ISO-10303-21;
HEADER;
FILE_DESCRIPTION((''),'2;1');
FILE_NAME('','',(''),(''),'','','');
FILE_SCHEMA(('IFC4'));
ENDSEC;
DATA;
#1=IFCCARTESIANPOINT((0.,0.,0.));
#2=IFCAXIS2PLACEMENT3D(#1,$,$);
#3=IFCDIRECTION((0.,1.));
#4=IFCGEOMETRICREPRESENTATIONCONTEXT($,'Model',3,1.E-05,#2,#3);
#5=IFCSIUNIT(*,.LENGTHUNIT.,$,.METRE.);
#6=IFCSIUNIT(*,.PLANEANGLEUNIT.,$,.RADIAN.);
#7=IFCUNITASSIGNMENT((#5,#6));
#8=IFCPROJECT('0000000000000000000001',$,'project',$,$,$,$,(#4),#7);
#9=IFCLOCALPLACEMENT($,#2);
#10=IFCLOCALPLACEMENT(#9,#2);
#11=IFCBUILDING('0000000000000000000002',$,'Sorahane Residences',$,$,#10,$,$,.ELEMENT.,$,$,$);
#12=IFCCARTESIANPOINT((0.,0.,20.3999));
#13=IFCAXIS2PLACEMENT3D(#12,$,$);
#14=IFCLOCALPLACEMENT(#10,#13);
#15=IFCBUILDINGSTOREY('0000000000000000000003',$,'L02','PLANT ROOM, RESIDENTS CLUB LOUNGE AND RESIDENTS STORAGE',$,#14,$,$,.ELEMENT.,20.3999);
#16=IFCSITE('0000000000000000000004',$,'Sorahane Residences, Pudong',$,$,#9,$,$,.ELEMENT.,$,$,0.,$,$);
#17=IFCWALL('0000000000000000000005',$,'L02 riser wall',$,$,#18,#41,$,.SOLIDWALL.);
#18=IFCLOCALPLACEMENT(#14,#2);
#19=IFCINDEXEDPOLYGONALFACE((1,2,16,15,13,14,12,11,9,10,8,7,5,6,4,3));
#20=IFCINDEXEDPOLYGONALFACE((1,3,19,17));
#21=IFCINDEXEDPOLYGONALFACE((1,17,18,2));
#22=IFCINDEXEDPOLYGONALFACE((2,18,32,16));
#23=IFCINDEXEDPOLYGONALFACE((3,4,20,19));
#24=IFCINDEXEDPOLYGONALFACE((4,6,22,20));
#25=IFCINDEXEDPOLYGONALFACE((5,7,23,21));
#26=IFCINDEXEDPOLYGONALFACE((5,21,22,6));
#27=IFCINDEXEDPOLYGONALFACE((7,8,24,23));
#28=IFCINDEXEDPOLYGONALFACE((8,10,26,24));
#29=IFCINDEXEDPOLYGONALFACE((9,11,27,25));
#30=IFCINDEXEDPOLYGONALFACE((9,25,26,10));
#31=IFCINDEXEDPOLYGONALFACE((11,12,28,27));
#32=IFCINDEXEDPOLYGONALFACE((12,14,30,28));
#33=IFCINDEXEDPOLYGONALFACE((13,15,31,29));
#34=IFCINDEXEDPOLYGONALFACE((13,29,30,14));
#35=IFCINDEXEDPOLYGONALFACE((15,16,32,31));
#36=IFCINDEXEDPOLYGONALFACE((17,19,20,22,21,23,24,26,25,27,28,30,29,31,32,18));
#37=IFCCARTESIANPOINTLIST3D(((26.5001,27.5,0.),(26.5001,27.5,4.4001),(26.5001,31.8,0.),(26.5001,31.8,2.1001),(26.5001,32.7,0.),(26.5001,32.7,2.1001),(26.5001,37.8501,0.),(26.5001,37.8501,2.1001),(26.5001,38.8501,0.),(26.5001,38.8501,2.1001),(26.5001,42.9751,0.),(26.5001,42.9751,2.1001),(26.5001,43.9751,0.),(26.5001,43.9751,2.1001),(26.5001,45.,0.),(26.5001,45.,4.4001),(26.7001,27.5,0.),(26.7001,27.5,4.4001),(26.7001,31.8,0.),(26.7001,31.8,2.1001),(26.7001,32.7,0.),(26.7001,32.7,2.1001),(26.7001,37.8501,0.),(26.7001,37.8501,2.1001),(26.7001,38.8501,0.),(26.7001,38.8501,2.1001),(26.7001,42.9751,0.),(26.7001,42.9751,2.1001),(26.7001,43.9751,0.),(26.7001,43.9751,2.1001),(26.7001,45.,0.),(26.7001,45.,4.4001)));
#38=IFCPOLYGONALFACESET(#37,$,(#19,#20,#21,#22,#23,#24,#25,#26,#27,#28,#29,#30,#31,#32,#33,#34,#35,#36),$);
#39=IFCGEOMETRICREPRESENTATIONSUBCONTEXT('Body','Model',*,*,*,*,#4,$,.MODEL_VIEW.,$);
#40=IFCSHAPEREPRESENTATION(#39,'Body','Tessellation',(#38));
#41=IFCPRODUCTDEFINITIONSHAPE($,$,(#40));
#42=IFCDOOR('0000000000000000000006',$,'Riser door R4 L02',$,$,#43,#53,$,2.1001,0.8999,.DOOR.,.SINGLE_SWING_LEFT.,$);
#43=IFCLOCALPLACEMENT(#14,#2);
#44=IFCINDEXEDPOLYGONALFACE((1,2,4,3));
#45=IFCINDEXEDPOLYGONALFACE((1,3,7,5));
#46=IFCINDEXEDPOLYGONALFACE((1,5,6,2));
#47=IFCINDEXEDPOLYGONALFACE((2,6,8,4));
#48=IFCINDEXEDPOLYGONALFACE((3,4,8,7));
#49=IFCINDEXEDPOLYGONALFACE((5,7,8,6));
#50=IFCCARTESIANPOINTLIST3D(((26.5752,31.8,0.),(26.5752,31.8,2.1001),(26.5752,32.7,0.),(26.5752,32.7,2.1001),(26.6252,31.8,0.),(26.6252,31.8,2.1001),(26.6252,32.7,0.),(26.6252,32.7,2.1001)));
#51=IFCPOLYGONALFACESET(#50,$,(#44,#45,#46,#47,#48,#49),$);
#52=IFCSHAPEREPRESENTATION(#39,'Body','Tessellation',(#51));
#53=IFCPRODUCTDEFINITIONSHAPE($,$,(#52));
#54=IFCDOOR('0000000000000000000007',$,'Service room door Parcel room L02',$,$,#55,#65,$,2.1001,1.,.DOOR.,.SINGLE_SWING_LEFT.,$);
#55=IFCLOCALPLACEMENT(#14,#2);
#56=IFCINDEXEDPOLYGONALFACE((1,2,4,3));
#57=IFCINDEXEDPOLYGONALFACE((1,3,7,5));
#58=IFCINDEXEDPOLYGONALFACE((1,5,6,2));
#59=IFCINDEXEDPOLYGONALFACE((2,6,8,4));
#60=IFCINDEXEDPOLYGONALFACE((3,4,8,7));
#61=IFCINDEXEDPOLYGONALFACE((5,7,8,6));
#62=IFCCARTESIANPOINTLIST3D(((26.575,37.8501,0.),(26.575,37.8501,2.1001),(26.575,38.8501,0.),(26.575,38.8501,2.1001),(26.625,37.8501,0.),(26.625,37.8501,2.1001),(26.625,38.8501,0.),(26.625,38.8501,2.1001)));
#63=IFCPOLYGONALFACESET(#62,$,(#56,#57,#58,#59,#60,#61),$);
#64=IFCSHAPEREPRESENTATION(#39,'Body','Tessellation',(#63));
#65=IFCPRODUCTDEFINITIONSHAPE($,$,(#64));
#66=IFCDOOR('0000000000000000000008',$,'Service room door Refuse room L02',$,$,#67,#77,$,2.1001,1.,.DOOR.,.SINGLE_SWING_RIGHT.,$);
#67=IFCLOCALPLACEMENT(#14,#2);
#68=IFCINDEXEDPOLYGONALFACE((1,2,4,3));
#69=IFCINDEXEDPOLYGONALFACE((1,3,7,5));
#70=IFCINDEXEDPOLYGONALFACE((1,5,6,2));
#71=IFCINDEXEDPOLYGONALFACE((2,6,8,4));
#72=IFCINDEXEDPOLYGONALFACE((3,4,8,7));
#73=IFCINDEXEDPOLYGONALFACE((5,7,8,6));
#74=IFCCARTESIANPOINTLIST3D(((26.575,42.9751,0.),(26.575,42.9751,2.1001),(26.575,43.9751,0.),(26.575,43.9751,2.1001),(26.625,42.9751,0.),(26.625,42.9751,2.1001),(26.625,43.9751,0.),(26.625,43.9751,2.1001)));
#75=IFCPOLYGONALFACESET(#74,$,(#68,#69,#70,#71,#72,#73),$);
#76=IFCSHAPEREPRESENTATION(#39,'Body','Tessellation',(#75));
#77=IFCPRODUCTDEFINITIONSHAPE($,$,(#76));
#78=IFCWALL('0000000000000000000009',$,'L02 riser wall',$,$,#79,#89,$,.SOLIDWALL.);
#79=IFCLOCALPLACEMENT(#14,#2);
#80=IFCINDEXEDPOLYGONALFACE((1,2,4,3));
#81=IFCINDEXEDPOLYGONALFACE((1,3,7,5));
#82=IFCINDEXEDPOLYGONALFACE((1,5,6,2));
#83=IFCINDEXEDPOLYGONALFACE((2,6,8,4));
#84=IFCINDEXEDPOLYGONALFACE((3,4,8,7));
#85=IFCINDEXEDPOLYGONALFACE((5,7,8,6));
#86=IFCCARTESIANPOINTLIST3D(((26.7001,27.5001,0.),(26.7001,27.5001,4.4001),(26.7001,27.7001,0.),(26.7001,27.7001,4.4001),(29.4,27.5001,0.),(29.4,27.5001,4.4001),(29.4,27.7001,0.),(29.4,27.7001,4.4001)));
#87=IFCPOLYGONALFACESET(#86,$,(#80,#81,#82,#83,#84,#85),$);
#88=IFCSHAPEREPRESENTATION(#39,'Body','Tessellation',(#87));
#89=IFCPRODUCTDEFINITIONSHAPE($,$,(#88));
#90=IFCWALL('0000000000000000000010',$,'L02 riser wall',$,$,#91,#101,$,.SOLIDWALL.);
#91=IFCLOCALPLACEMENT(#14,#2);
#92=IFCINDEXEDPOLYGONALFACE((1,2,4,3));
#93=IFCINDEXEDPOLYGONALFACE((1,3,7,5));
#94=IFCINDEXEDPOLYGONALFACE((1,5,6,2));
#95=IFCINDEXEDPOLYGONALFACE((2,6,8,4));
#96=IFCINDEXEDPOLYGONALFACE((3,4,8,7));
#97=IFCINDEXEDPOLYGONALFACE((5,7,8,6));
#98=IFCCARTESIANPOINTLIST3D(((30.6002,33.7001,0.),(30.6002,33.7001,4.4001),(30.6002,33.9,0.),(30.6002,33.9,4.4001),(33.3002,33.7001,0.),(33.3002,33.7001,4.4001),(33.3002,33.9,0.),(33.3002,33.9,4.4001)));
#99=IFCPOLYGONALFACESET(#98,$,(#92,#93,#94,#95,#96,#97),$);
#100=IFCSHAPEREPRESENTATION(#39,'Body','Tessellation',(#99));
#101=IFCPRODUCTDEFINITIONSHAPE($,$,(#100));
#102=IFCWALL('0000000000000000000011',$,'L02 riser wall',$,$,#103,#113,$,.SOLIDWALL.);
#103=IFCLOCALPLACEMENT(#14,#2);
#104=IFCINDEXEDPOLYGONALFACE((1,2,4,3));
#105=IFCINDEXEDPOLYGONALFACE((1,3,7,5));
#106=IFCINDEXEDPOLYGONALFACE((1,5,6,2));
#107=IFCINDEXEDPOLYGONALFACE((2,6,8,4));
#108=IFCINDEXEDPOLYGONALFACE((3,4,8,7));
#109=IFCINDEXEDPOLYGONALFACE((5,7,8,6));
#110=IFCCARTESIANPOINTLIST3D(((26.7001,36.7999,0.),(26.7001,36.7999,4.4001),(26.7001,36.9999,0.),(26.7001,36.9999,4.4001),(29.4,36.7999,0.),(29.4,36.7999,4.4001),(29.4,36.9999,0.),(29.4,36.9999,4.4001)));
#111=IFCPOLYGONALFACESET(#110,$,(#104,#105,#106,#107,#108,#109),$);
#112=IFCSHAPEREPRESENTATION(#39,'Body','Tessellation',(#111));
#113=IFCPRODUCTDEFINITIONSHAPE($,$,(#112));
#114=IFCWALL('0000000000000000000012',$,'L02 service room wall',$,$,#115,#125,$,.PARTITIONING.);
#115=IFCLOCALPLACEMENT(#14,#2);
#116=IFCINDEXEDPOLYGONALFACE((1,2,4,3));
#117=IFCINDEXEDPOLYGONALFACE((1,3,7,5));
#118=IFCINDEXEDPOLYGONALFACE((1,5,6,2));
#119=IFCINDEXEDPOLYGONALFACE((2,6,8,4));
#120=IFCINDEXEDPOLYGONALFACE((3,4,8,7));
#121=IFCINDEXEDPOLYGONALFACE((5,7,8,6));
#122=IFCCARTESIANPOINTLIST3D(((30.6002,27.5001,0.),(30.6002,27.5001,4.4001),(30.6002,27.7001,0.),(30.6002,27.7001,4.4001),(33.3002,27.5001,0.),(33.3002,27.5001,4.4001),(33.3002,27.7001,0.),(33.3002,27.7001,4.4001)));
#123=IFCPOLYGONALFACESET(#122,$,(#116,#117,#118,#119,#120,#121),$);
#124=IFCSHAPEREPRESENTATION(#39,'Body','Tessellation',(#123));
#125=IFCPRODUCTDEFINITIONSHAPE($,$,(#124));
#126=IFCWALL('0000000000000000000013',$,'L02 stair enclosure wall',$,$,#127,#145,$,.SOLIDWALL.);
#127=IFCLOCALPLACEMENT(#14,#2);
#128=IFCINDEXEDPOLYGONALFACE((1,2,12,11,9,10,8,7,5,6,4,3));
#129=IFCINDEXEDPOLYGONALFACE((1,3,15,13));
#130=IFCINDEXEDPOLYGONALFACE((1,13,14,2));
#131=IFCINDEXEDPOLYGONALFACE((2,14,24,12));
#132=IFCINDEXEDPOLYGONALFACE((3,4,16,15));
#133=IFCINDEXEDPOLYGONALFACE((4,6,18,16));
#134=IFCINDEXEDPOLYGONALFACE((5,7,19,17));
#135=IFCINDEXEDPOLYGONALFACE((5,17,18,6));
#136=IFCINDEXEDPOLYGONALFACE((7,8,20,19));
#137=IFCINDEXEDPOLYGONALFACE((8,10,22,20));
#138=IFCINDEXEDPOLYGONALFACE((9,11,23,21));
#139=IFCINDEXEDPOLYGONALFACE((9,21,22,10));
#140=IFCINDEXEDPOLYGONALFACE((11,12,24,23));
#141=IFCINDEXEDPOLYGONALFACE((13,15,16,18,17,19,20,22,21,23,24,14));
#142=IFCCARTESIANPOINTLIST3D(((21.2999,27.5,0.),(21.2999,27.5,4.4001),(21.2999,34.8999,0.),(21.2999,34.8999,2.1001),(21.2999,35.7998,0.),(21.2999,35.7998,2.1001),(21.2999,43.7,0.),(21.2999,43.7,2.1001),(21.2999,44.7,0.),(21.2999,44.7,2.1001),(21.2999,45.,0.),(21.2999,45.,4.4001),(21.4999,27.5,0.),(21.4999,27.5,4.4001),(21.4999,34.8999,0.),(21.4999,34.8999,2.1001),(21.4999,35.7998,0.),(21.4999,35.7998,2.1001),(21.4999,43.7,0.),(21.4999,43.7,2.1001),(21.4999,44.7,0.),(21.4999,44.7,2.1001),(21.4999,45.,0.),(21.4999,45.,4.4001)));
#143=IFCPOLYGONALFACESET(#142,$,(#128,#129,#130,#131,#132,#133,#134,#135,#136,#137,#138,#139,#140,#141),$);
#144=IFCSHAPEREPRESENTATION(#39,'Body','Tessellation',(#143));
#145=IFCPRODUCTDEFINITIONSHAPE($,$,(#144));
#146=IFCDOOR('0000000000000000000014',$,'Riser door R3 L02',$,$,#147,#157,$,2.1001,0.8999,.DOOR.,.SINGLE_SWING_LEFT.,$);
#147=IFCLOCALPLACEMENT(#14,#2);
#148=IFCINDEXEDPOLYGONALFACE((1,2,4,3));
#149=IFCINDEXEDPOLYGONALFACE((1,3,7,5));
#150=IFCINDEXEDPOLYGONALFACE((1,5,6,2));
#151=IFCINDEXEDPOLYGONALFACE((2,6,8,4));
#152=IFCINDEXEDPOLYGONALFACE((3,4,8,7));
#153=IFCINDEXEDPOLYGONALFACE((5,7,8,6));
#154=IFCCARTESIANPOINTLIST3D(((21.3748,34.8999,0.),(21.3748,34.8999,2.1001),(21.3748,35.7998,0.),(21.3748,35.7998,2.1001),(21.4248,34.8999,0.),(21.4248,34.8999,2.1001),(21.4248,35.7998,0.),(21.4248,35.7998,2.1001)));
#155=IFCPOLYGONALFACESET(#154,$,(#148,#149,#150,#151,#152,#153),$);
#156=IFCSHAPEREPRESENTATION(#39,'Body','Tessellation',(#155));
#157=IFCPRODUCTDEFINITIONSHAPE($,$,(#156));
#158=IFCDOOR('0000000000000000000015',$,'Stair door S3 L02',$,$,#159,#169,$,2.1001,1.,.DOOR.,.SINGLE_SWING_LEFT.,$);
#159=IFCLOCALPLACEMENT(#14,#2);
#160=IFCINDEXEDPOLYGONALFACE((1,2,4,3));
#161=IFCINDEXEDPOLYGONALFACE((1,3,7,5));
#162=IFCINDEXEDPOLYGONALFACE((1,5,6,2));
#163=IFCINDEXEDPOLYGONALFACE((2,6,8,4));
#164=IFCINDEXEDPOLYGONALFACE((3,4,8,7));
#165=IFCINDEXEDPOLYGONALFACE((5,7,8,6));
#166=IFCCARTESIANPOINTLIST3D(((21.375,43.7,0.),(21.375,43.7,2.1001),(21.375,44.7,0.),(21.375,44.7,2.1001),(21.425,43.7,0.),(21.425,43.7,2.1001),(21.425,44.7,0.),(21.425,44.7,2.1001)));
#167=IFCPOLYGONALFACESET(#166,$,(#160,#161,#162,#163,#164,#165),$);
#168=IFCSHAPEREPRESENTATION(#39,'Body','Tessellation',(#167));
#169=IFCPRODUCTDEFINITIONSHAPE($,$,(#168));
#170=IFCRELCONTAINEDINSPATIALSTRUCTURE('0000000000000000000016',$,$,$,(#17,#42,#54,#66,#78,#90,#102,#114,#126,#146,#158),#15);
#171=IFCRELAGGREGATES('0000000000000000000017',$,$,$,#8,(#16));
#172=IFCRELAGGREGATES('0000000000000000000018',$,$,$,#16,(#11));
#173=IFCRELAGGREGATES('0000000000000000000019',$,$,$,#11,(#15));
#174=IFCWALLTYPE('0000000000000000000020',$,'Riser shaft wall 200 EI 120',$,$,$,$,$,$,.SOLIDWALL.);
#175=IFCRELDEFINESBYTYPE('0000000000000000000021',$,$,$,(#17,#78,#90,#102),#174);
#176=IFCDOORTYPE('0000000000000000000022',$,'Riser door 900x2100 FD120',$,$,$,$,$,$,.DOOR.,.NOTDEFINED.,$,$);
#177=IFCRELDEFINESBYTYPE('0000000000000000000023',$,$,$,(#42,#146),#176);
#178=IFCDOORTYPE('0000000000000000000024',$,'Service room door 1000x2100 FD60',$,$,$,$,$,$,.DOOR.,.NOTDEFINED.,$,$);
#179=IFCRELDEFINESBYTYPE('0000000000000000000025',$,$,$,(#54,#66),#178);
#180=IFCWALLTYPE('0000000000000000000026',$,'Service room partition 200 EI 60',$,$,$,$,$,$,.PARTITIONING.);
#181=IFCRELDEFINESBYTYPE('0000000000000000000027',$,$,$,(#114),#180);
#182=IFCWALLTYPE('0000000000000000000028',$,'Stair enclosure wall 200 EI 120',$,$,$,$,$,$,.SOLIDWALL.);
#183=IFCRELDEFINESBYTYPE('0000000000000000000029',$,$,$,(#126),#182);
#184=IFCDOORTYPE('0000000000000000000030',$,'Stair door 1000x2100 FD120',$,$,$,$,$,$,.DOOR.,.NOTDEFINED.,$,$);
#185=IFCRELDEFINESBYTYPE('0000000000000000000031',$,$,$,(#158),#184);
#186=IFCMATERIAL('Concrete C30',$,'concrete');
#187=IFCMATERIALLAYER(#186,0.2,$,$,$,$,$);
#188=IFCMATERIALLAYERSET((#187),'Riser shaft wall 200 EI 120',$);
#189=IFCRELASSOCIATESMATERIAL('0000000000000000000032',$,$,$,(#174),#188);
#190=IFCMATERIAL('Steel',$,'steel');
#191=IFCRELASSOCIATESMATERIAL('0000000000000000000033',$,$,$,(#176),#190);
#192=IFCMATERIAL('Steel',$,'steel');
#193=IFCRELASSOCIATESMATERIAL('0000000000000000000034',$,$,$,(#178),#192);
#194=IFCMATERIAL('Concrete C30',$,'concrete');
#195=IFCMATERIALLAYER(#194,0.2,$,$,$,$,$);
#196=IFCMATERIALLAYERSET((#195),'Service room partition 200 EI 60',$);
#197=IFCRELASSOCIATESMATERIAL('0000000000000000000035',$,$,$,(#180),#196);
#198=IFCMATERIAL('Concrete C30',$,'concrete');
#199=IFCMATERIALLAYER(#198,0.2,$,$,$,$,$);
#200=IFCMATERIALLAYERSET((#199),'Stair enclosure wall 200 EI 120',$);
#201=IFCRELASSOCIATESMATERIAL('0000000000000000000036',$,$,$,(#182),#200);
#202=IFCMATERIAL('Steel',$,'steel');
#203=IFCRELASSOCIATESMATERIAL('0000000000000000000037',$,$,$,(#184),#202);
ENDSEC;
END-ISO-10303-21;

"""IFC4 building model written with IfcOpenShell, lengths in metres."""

from ifc_helpers import new_model, si_unit, direction, frame, frame_2d, origin, place, context, subcontext, project, spatial, rectangle, extrude, material, layer, layer_set, type_object, element, fill, save


model = new_model("IFC4")

# Units and contexts
model_context = context("Model", 3, precision=1e-05, world=origin(), true_north=direction((0.0, 1.0)))
body_context = subcontext(model_context, "Body", "Model", "MODEL_VIEW")
ifc_project = project(units=[si_unit("LENGTHUNIT", "METRE"), si_unit("PLANEANGLEUNIT", "RADIAN")], contexts=[model_context])

# Site, building, storey
site_placement = place(None, origin())
site = spatial("IfcSite", under=ifc_project, at=site_placement, Name="Sorahane Residences, Pudong", CompositionType="ELEMENT", RefElevation=0.0)
building_placement = place(site_placement, origin())
building = spatial("IfcBuilding", under=site, at=building_placement, Name="Sorahane Residences", CompositionType="ELEMENT")
storey_placement = place(building_placement, frame((0.0, 0.0, 20.3999)))
storey = spatial("IfcBuildingStorey", under=building, at=storey_placement, Name="L02", Description="PLANT ROOM, RESIDENTS CLUB LOUNGE AND RESIDENTS STORAGE", CompositionType="ELEMENT", Elevation=20.3999)

# Wall, openings, doors
ifc_material_1 = material(Name="Concrete C30", Category="concrete")
ifc_layer_1 = layer(ifc_material_1, 0.2)
ifc_layer_set_1 = layer_set([ifc_layer_1], Name="Riser shaft wall 200 EI 120")
wall_type_1 = type_object("IfcWallType", Name="Riser shaft wall 200 EI 120", PredefinedType="SOLIDWALL", material=ifc_layer_set_1)
wall_1_placement = place(storey_placement, frame((26.6001, 27.5, 0.0), z_axis=(0.0, 0.0, 1.0), x_axis=(0.0, 1.0, 0.0)))
wall_1 = element("IfcWall", 1, at=wall_1_placement, inside=storey, type_object=wall_type_1, Name="L02 riser wall", PredefinedType="SOLIDWALL", context=body_context, shape_type="SweptSolid", body=[
    extrude(rectangle(XDim=17.5, YDim=0.2, at=frame_2d((8.75, 0.0))), origin(), (0.0, 0.0, 1.0), 4.4001),
])
opening_1_placement = place(wall_1_placement, frame((4.3, 0.0, 0.0)))
opening_1 = element("IfcOpeningElement", 2, at=opening_1_placement, cuts=wall_1, PredefinedType="OPENING", context=body_context, shape_type="SweptSolid", body=[
    extrude(rectangle(XDim=0.8999, YDim=2.1001, at=frame_2d((0.45, 1.05))), frame((0.0, 0.1099, 0.0), z_axis=(0.0, -1.0, 0.0), x_axis=(1.0, 0.0, 0.0)), (0.0, 0.0, 1.0), 0.22),
])
opening_2_placement = place(wall_1_placement, frame((10.3501, 0.0, 0.0)))
opening_2 = element("IfcOpeningElement", 3, at=opening_2_placement, cuts=wall_1, PredefinedType="OPENING", context=body_context, shape_type="SweptSolid", body=[
    extrude(rectangle(XDim=1.0, YDim=2.1001, at=frame_2d((0.5, 1.05))), frame((0.0, 0.1099, 0.0), z_axis=(0.0, -1.0, 0.0), x_axis=(1.0, 0.0, 0.0)), (0.0, 0.0, 1.0), 0.22),
])
opening_3_placement = place(wall_1_placement, frame((15.4751, 0.0, 0.0)))
opening_3 = element("IfcOpeningElement", 4, at=opening_3_placement, cuts=wall_1, PredefinedType="OPENING", context=body_context, shape_type="SweptSolid", body=[
    extrude(rectangle(XDim=1.0, YDim=2.1001, at=frame_2d((0.5, 1.05))), frame((0.0, 0.1099, 0.0), z_axis=(0.0, -1.0, 0.0), x_axis=(1.0, 0.0, 0.0)), (0.0, 0.0, 1.0), 0.22),
])
ifc_material_2 = material(Name="Steel", Category="steel")
door_type_1 = type_object("IfcDoorType", Name="Riser door 900x2100 FD120", OperationType="NOTDEFINED", PredefinedType="DOOR", material=ifc_material_2)
door_1_placement = place(opening_1_placement, origin())
door_1 = element("IfcDoor", 5, at=door_1_placement, inside=storey, type_object=door_type_1, Name="Riser door R4 L02", OperationType="SINGLE_SWING_LEFT", OverallHeight=2.1001, OverallWidth=0.8999, PredefinedType="DOOR", context=body_context, shape_type="SweptSolid", body=[
    extrude(rectangle(XDim=0.8999, YDim=2.1001, at=frame_2d((0.45, 1.05))), frame((0.0, 0.0249, 0.0), z_axis=(0.0, -1.0, 0.0), x_axis=(1.0, 0.0, 0.0)), (0.0, 0.0, 1.0), 0.05),
])
fill(opening_1, door_1)
ifc_material_3 = material(Name="Steel", Category="steel")
door_type_2 = type_object("IfcDoorType", Name="Service room door 1000x2100 FD60", OperationType="NOTDEFINED", PredefinedType="DOOR", material=ifc_material_3)
door_2_placement = place(opening_2_placement, frame((1.0, 0.0, 0.0), z_axis=(0.0, 0.0, 1.0), x_axis=(-1.0, 0.0, 0.0)))
door_2 = element("IfcDoor", 6, at=door_2_placement, inside=storey, type_object=door_type_2, Name="Service room door Parcel room L02", OperationType="SINGLE_SWING_LEFT", OverallHeight=2.1001, OverallWidth=1.0, PredefinedType="DOOR", context=body_context, shape_type="SweptSolid", body=[
    extrude(rectangle(XDim=1.0, YDim=2.1001, at=frame_2d((0.5, 1.05))), frame((0.0, 0.0249, 0.0), z_axis=(0.0, -1.0, 0.0), x_axis=(1.0, 0.0, 0.0)), (0.0, 0.0, 1.0), 0.05),
])
fill(opening_2, door_2)
door_3_placement = place(opening_3_placement, frame((1.0, 0.0, 0.0), z_axis=(0.0, 0.0, 1.0), x_axis=(-1.0, 0.0, 0.0)))
door_3 = element("IfcDoor", 7, at=door_3_placement, inside=storey, type_object=door_type_2, Name="Service room door Refuse room L02", OperationType="SINGLE_SWING_RIGHT", OverallHeight=2.1001, OverallWidth=1.0, PredefinedType="DOOR", context=body_context, shape_type="SweptSolid", body=[
    extrude(rectangle(XDim=1.0, YDim=2.1001, at=frame_2d((0.5, 1.05))), frame((0.0, 0.0249, 0.0), z_axis=(0.0, -1.0, 0.0), x_axis=(1.0, 0.0, 0.0)), (0.0, 0.0, 1.0), 0.05),
])
fill(opening_3, door_3)

# Walls
for number, where, z_axis, x_axis, name in (
    (8, (26.7, 27.6001, 0.0), (0.0, 0.0, 1.0), (1.0, 0.0, 0.0), "L02 riser wall"),
    (9, (30.6001, 33.8, 0.0), (0.0, 0.0, 1.0), (1.0, 0.0, 0.0), "L02 riser wall"),
    (10, (26.7, 36.8999, 0.0), (0.0, 0.0, 1.0), (1.0, 0.0, 0.0), "L02 riser wall"),
):
    element("IfcWall", number, at=place(storey_placement, frame(where, z_axis=z_axis, x_axis=x_axis)), inside=storey, type_object=wall_type_1, Name=name, PredefinedType="SOLIDWALL", context=body_context, shape_type="SweptSolid", body=[
        extrude(rectangle(XDim=2.7, YDim=0.2, at=frame_2d((1.3501, 0.0))), origin(), (0.0, 0.0, 1.0), 4.4001),
    ])
ifc_material_4 = material(Name="Concrete C30", Category="concrete")
ifc_layer_2 = layer(ifc_material_4, 0.2)
ifc_layer_set_2 = layer_set([ifc_layer_2], Name="Service room partition 200 EI 60")
wall_type_2 = type_object("IfcWallType", Name="Service room partition 200 EI 60", PredefinedType="PARTITIONING", material=ifc_layer_set_2)
wall_2_placement = place(storey_placement, frame((30.6001, 27.6001, 0.0), z_axis=(0.0, 0.0, 1.0), x_axis=(1.0, 0.0, 0.0)))
element("IfcWall", 11, at=wall_2_placement, inside=storey, type_object=wall_type_2, Name="L02 service room wall", PredefinedType="PARTITIONING", context=body_context, shape_type="SweptSolid", body=[
    extrude(rectangle(XDim=2.7, YDim=0.2, at=frame_2d((1.3501, 0.0))), origin(), (0.0, 0.0, 1.0), 4.4001),
])

# Wall, openings, doors
ifc_material_5 = material(Name="Concrete C30", Category="concrete")
ifc_layer_3 = layer(ifc_material_5, 0.2)
ifc_layer_set_3 = layer_set([ifc_layer_3], Name="Stair enclosure wall 200 EI 120")
wall_type_3 = type_object("IfcWallType", Name="Stair enclosure wall 200 EI 120", PredefinedType="SOLIDWALL", material=ifc_layer_set_3)
wall_3_placement = place(storey_placement, frame((21.3999, 27.5, 0.0), z_axis=(0.0, 0.0, 1.0), x_axis=(0.0, 1.0, 0.0)))
wall_3 = element("IfcWall", 12, at=wall_3_placement, inside=storey, type_object=wall_type_3, Name="L02 stair enclosure wall", PredefinedType="SOLIDWALL", context=body_context, shape_type="SweptSolid", body=[
    extrude(rectangle(XDim=17.5, YDim=0.2, at=frame_2d((8.75, 0.0))), origin(), (0.0, 0.0, 1.0), 4.4001),
])
opening_4_placement = place(wall_3_placement, frame((16.2, 0.0, 0.0)))
opening_4 = element("IfcOpeningElement", 13, at=opening_4_placement, cuts=wall_3, PredefinedType="OPENING", context=body_context, shape_type="SweptSolid", body=[
    extrude(rectangle(XDim=1.0, YDim=2.1001, at=frame_2d((0.5, 1.05))), frame((0.0, 0.1099, 0.0), z_axis=(0.0, -1.0, 0.0), x_axis=(1.0, 0.0, 0.0)), (0.0, 0.0, 1.0), 0.22),
])
opening_5_placement = place(wall_3_placement, frame((7.3999, 0.0, 0.0)))
opening_5 = element("IfcOpeningElement", 14, at=opening_5_placement, cuts=wall_3, PredefinedType="OPENING", context=body_context, shape_type="SweptSolid", body=[
    extrude(rectangle(XDim=0.8999, YDim=2.1001, at=frame_2d((0.45, 1.05))), frame((0.0, 0.1099, 0.0), z_axis=(0.0, -1.0, 0.0), x_axis=(1.0, 0.0, 0.0)), (0.0, 0.0, 1.0), 0.22),
])
door_4_placement = place(opening_5_placement, frame((0.8999, 0.0, 0.0), z_axis=(0.0, 0.0, 1.0), x_axis=(-1.0, 0.0, 0.0)))
door_4 = element("IfcDoor", 15, at=door_4_placement, inside=storey, type_object=door_type_1, Name="Riser door R3 L02", OperationType="SINGLE_SWING_LEFT", OverallHeight=2.1001, OverallWidth=0.8999, PredefinedType="DOOR", context=body_context, shape_type="SweptSolid", body=[
    extrude(rectangle(XDim=0.8999, YDim=2.1001, at=frame_2d((0.45, 1.05))), frame((0.0, 0.0249, 0.0), z_axis=(0.0, -1.0, 0.0), x_axis=(1.0, 0.0, 0.0)), (0.0, 0.0, 1.0), 0.05),
])
fill(opening_5, door_4)
ifc_material_6 = material(Name="Steel", Category="steel")
door_type_3 = type_object("IfcDoorType", Name="Stair door 1000x2100 FD120", OperationType="NOTDEFINED", PredefinedType="DOOR", material=ifc_material_6)
door_5_placement = place(opening_4_placement, origin())
door_5 = element("IfcDoor", 16, at=door_5_placement, inside=storey, type_object=door_type_3, Name="Stair door S3 L02", OperationType="SINGLE_SWING_LEFT", OverallHeight=2.1001, OverallWidth=1.0, PredefinedType="DOOR", context=body_context, shape_type="SweptSolid", body=[
    extrude(rectangle(XDim=1.0, YDim=2.1001, at=frame_2d((0.5, 1.05))), frame((0.0, 0.0249, 0.0), z_axis=(0.0, -1.0, 0.0), x_axis=(1.0, 0.0, 0.0)), (0.0, 0.0, 1.0), 0.05),
])
fill(opening_4, door_5)

save(model, "model.ifc")
